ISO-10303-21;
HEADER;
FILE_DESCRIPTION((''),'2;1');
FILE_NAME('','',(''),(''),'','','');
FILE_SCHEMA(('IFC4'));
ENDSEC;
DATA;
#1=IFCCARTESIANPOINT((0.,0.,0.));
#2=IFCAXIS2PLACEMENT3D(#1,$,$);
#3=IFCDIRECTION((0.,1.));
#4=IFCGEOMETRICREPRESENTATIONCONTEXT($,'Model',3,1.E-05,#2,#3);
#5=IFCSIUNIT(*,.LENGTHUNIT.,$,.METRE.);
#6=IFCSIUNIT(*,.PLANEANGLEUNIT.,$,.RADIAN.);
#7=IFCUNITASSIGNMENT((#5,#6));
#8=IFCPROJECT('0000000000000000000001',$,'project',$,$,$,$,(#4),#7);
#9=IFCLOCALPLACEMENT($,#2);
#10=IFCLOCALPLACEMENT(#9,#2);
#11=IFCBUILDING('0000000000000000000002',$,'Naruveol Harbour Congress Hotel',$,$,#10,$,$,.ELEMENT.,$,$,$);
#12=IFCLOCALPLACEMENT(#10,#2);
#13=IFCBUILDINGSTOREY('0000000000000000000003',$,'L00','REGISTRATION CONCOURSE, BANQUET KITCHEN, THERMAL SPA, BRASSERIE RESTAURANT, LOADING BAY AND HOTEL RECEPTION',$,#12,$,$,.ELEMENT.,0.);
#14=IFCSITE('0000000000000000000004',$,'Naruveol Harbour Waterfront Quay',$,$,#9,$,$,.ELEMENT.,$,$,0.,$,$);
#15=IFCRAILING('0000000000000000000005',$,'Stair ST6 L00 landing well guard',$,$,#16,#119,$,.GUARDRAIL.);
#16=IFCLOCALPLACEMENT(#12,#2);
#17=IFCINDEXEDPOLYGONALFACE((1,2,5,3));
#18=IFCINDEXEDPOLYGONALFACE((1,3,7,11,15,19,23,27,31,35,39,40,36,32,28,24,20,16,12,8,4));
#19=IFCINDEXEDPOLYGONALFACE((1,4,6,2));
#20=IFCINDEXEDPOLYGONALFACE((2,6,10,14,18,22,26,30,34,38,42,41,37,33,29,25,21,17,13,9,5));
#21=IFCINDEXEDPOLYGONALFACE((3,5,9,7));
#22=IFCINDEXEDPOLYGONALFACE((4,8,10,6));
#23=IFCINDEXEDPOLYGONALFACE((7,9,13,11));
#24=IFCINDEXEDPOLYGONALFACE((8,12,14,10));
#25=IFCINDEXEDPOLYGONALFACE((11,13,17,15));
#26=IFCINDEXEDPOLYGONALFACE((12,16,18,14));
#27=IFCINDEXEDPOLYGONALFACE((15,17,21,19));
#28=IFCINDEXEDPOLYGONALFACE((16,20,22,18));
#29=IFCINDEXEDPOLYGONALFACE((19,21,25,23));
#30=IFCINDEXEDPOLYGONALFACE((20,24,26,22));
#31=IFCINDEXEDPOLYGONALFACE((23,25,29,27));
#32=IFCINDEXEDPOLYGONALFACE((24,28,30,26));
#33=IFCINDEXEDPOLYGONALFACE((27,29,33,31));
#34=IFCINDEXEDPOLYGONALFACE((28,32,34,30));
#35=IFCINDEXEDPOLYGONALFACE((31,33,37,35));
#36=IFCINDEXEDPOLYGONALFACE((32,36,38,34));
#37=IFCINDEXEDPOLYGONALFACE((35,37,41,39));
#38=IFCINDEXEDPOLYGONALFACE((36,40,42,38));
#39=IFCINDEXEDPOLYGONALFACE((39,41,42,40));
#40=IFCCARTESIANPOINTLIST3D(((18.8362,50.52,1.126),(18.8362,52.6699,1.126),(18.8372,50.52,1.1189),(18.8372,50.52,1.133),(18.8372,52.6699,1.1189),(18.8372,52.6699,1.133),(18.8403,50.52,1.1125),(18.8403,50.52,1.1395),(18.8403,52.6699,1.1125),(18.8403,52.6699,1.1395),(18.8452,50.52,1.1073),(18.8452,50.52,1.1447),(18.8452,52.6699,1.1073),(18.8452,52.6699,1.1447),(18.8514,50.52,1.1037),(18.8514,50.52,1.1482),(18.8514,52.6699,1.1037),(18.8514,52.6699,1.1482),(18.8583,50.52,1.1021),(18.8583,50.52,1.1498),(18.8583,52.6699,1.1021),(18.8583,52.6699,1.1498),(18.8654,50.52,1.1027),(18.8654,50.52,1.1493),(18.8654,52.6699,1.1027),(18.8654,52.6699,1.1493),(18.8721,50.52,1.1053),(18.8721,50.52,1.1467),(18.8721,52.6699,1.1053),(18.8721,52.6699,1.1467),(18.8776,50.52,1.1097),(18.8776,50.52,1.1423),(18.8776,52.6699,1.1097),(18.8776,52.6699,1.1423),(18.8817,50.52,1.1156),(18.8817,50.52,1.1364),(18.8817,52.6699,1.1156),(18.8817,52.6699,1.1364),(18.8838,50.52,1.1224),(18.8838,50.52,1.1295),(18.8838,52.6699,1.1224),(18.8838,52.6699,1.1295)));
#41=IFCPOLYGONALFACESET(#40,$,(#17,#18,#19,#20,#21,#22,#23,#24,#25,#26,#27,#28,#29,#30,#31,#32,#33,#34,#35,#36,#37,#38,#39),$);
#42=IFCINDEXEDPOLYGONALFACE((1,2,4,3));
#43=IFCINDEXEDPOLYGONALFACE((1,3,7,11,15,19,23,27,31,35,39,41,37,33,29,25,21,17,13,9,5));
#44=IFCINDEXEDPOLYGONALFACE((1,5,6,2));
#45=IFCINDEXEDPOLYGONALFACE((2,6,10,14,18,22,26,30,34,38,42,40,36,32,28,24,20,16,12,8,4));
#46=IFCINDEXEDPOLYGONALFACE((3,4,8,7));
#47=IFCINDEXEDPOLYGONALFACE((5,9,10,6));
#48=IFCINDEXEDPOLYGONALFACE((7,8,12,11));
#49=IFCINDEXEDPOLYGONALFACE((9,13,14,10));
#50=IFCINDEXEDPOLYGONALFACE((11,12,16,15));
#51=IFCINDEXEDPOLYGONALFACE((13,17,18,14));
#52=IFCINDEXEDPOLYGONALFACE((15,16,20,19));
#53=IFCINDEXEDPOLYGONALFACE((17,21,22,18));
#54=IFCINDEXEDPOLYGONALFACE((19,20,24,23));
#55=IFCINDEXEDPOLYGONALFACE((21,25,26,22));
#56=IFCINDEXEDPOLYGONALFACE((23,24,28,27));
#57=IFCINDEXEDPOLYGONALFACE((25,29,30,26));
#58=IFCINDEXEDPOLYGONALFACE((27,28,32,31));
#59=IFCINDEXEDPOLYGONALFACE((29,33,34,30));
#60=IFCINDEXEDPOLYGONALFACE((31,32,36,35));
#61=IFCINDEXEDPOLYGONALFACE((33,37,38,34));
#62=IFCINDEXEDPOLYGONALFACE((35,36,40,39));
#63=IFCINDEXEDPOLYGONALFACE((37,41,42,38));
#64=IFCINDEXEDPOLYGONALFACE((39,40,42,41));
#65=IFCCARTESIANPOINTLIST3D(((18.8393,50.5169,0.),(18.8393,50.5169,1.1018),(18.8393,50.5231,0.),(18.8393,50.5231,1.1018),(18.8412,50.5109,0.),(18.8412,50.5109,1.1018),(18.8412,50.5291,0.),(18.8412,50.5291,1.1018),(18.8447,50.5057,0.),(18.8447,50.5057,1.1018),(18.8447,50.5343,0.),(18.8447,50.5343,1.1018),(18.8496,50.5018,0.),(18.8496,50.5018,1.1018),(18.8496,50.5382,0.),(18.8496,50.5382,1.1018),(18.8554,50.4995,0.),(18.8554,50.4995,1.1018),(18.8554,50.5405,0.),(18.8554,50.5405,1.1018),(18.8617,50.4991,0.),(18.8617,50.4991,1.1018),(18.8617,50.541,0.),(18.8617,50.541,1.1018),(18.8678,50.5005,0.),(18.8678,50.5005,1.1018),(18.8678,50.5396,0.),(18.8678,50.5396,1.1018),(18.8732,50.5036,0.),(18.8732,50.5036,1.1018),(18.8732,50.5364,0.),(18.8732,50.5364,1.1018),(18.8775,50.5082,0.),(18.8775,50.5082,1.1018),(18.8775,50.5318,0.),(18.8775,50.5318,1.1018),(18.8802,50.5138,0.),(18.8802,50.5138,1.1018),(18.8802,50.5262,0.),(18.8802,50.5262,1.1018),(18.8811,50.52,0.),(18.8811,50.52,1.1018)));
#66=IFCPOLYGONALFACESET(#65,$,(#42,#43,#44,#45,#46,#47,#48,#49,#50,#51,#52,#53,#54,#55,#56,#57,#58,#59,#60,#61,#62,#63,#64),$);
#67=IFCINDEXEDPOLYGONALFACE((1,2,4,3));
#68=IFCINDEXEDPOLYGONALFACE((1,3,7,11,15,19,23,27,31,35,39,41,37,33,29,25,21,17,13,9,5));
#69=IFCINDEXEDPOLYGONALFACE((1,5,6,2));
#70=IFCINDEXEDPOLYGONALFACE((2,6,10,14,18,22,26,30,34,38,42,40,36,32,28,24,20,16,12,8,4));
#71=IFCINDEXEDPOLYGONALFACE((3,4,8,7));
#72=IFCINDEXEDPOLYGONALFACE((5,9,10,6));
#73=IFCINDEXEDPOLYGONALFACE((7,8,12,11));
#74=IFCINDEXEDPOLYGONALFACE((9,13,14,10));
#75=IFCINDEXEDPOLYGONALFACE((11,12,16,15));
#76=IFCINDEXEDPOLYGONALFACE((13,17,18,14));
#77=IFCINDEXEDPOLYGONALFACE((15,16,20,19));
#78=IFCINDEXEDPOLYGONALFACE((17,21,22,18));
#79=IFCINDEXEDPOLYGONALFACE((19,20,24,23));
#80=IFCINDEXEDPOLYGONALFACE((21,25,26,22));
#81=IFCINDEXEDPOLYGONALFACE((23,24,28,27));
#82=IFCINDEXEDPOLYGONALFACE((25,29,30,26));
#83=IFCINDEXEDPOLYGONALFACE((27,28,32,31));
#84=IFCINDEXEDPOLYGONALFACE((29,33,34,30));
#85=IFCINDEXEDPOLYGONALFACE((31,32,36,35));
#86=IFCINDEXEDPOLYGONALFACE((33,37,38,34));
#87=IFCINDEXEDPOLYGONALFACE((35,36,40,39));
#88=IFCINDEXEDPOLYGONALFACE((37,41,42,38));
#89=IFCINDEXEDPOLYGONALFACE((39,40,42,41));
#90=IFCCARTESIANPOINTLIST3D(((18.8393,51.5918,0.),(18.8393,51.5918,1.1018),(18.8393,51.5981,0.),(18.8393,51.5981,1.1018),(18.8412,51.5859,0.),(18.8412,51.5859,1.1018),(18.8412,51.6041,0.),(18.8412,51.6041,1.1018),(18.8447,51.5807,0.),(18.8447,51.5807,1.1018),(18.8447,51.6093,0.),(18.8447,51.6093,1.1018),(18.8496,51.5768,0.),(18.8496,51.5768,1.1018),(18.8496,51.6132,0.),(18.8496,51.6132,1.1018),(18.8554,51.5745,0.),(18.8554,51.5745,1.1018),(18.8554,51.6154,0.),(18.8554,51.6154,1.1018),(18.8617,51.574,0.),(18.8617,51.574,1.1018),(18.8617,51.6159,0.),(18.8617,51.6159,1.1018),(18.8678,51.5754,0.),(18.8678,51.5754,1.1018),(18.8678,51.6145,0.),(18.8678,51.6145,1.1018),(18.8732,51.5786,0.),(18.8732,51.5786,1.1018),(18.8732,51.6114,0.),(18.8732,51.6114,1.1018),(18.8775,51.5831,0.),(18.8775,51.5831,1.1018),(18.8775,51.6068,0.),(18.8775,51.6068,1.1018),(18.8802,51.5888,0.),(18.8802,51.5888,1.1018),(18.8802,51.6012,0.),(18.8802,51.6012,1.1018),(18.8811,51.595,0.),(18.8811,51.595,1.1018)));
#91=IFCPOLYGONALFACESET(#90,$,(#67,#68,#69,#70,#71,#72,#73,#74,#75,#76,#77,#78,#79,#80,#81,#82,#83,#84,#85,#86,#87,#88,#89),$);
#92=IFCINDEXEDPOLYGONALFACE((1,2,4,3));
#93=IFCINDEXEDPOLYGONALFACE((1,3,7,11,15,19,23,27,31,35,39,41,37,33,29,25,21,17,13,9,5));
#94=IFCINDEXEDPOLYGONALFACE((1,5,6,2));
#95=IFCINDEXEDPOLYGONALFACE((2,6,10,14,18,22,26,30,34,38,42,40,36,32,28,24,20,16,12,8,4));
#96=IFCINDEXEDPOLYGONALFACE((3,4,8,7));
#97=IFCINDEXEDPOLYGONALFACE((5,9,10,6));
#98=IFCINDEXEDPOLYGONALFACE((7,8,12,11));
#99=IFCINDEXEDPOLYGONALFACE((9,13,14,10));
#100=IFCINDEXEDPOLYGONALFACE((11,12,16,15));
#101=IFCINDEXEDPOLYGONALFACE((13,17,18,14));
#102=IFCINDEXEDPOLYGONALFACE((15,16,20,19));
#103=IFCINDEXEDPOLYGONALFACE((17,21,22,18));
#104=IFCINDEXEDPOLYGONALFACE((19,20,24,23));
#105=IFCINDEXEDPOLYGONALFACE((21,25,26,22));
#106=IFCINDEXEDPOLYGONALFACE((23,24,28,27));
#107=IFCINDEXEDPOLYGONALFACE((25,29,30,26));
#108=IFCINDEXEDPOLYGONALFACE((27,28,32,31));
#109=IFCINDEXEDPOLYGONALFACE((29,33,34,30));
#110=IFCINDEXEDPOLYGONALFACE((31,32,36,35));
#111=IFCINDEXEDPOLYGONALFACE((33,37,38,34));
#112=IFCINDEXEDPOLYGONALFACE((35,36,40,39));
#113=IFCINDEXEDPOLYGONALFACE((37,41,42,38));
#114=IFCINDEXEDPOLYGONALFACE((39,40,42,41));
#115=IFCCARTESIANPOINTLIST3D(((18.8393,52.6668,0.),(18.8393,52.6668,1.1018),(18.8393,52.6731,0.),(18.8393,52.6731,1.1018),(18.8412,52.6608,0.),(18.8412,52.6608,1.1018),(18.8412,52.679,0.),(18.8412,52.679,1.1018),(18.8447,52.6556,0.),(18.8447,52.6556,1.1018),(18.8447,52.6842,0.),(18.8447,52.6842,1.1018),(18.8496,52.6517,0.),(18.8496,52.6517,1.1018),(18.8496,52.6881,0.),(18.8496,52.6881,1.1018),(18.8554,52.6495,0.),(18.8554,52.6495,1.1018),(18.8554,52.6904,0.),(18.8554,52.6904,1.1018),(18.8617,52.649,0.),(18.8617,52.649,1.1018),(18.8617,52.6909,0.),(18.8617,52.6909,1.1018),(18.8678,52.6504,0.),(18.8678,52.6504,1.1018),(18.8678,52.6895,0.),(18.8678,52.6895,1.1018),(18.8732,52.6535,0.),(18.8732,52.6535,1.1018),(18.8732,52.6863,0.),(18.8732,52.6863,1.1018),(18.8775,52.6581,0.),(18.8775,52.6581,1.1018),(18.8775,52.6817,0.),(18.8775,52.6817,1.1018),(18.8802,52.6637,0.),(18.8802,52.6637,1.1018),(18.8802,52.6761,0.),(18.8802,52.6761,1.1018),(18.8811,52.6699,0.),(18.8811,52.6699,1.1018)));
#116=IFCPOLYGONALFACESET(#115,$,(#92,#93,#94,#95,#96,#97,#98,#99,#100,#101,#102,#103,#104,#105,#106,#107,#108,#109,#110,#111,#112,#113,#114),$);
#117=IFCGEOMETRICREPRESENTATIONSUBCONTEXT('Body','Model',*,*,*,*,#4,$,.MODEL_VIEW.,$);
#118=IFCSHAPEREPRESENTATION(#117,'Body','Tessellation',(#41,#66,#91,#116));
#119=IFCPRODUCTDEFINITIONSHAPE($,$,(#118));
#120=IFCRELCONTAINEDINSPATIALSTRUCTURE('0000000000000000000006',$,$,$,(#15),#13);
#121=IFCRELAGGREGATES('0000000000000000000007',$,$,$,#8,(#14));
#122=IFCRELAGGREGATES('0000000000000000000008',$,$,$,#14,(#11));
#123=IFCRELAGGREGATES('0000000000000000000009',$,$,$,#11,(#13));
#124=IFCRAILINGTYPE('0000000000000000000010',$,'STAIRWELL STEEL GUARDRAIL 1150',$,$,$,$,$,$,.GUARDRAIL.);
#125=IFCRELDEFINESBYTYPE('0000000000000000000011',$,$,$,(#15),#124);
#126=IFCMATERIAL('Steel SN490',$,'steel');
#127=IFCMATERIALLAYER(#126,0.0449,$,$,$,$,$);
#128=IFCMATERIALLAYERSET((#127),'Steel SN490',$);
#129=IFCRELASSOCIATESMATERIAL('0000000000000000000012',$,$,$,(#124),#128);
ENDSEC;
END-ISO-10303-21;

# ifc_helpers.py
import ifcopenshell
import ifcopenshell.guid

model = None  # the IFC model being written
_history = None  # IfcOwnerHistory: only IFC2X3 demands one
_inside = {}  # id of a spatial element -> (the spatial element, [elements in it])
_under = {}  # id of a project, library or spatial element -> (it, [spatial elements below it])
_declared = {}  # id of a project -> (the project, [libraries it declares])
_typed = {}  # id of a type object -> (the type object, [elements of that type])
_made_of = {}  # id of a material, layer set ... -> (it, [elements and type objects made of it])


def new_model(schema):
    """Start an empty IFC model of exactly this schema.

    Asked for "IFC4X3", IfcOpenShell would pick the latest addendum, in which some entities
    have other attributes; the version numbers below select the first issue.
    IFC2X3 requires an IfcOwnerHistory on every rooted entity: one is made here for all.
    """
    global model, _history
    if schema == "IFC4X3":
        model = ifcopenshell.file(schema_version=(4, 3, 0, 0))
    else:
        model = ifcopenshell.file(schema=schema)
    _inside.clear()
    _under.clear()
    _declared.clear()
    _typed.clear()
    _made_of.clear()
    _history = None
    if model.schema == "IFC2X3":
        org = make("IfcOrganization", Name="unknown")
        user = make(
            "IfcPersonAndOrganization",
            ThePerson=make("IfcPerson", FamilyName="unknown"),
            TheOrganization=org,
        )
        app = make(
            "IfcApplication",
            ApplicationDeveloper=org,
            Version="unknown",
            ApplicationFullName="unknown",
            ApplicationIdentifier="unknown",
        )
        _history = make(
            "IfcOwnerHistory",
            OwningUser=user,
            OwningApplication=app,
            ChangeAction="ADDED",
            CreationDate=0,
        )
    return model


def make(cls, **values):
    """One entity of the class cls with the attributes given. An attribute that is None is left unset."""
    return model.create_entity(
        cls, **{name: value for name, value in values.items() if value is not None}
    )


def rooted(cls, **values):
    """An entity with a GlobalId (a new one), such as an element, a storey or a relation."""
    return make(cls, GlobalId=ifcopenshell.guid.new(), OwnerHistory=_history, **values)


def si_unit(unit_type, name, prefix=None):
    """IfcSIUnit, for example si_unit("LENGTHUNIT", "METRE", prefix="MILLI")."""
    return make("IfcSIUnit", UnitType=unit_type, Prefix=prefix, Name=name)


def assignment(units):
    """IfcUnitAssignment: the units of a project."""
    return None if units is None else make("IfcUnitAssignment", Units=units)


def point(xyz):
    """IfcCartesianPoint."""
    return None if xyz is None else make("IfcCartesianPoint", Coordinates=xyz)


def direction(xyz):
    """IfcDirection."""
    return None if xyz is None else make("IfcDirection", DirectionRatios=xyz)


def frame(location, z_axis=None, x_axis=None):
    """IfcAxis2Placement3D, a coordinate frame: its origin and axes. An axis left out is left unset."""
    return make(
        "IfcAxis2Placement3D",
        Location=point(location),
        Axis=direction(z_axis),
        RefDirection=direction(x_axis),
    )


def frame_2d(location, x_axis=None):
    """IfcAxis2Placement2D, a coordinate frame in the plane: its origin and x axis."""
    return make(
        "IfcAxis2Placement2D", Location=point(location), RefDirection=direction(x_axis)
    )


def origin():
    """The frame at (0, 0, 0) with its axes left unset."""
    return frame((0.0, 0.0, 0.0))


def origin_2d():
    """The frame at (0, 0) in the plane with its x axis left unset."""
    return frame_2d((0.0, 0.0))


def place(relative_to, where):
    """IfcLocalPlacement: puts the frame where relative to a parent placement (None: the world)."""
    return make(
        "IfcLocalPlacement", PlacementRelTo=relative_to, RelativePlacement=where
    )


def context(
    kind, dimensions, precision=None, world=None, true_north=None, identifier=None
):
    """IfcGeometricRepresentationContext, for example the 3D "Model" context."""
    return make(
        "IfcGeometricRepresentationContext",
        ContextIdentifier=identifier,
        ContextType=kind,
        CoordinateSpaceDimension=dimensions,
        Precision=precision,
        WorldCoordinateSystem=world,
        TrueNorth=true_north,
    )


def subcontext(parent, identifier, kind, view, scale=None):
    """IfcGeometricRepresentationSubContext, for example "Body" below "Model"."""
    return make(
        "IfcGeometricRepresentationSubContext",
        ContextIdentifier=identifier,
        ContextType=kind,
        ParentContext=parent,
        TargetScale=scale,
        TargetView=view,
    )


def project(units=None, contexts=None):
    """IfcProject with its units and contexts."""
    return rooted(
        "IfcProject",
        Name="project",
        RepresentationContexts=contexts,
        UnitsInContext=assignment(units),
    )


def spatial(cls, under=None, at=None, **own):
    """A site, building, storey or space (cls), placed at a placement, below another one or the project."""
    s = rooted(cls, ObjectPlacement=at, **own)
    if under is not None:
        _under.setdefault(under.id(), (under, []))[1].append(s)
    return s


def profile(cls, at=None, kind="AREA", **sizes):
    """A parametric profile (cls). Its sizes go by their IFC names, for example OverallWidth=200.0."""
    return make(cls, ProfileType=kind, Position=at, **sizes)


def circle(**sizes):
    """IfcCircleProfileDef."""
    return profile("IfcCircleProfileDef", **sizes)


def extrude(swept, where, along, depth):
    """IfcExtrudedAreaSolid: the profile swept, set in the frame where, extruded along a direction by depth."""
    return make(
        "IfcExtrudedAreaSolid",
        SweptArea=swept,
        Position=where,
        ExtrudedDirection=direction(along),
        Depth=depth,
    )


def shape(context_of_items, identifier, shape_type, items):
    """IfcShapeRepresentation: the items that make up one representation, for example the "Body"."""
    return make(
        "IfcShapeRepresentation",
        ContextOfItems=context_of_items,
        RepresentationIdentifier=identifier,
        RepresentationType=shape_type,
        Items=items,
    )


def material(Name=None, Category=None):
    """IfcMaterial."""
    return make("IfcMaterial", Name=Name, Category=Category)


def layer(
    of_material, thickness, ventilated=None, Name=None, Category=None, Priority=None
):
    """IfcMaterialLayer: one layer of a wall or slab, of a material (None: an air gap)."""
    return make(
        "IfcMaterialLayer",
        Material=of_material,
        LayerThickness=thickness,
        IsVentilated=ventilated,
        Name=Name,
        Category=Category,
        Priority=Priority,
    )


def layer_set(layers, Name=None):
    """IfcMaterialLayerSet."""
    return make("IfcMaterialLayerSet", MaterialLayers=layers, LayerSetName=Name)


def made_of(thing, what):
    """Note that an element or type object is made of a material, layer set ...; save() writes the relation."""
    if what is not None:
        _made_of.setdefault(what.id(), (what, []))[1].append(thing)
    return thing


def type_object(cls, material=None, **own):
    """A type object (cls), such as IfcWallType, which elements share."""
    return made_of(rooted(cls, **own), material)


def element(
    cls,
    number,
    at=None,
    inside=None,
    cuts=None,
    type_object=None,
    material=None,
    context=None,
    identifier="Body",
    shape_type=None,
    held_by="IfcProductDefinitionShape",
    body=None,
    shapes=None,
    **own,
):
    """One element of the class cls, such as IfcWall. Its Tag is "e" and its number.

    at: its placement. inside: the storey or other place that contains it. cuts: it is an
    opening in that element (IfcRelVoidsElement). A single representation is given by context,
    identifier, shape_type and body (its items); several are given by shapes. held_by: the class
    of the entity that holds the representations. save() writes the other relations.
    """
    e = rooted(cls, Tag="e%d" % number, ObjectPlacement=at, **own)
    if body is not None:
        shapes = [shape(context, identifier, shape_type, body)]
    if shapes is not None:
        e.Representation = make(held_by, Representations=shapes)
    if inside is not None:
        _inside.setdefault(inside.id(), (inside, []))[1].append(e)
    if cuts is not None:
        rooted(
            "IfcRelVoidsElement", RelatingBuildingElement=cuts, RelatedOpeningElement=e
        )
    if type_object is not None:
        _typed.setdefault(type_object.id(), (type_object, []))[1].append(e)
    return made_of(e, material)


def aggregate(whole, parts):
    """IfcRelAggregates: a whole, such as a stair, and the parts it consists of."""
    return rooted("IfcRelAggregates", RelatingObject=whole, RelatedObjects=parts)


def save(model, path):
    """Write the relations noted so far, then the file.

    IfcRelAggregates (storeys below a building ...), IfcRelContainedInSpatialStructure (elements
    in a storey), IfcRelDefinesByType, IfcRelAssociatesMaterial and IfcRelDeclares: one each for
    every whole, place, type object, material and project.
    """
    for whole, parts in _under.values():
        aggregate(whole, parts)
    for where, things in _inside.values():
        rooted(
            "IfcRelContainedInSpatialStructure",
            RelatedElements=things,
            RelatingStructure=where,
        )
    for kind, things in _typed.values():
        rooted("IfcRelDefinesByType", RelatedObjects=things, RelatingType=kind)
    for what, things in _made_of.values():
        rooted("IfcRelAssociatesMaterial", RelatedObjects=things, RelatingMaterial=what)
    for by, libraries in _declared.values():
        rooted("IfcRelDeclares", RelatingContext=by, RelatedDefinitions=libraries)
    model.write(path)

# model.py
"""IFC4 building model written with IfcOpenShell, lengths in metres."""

from ifc_helpers import new_model, si_unit, direction, frame, origin, origin_2d, place, context, subcontext, project, spatial, circle, extrude, material, layer, layer_set, type_object, element, save


model = new_model("IFC4")

# Units and contexts
model_context = context("Model", 3, precision=1e-05, world=origin(), true_north=direction((0.0, 1.0)))
body_context = subcontext(model_context, "Body", "Model", "MODEL_VIEW")
ifc_project = project(units=[si_unit("LENGTHUNIT", "METRE"), si_unit("PLANEANGLEUNIT", "RADIAN")], contexts=[model_context])

# Site, building, storey
site_placement = place(None, origin())
site = spatial("IfcSite", under=ifc_project, at=site_placement, Name="Naruveol Harbour Waterfront Quay", CompositionType="ELEMENT", RefElevation=0.0)
building_placement = place(site_placement, origin())
building = spatial("IfcBuilding", under=site, at=building_placement, Name="Naruveol Harbour Congress Hotel", CompositionType="ELEMENT")
storey_placement = place(building_placement, origin())
storey = spatial("IfcBuildingStorey", under=building, at=storey_placement, Name="L00", Description="REGISTRATION CONCOURSE, BANQUET KITCHEN, THERMAL SPA, BRASSERIE RESTAURANT, LOADING BAY AND HOTEL RECEPTION", CompositionType="ELEMENT", Elevation=0.0)

# Railing
ifc_material_1 = material(Name="Steel SN490", Category="steel")
ifc_layer_1 = layer(ifc_material_1, 0.0449)
ifc_layer_set_1 = layer_set([ifc_layer_1], Name="Steel SN490")
railing_type_1 = type_object("IfcRailingType", Name="STAIRWELL STEEL GUARDRAIL 1150", PredefinedType="GUARDRAIL", material=ifc_layer_set_1)
railing_1_placement = place(storey_placement, frame((18.8601, 50.52, 0.0)))
element("IfcRailing", 1, at=railing_1_placement, inside=storey, type_object=railing_type_1, Name="Stair ST6 L00 landing well guard", PredefinedType="GUARDRAIL", context=body_context, shape_type="SweptSolid", body=[
    extrude(circle(Radius=0.0239, at=origin_2d()), frame((0.0, 0.0, 1.126), z_axis=(0.0, 1.0, 0.0), x_axis=(-1.0, 0.0, 0.0)), (0.0, 0.0, 1.0), 2.1499),
    extrude(circle(Radius=0.021, at=origin_2d()), origin(), (0.0, 0.0, 1.0), 1.1018),
    extrude(circle(Radius=0.021, at=origin_2d()), frame((0.0, 1.075, 0.0)), (0.0, 0.0, 1.0), 1.1018),
    extrude(circle(Radius=0.021, at=origin_2d()), frame((0.0, 2.1499, 0.0)), (0.0, 0.0, 1.0), 1.1018),
])

save(model, "model.ifc")
